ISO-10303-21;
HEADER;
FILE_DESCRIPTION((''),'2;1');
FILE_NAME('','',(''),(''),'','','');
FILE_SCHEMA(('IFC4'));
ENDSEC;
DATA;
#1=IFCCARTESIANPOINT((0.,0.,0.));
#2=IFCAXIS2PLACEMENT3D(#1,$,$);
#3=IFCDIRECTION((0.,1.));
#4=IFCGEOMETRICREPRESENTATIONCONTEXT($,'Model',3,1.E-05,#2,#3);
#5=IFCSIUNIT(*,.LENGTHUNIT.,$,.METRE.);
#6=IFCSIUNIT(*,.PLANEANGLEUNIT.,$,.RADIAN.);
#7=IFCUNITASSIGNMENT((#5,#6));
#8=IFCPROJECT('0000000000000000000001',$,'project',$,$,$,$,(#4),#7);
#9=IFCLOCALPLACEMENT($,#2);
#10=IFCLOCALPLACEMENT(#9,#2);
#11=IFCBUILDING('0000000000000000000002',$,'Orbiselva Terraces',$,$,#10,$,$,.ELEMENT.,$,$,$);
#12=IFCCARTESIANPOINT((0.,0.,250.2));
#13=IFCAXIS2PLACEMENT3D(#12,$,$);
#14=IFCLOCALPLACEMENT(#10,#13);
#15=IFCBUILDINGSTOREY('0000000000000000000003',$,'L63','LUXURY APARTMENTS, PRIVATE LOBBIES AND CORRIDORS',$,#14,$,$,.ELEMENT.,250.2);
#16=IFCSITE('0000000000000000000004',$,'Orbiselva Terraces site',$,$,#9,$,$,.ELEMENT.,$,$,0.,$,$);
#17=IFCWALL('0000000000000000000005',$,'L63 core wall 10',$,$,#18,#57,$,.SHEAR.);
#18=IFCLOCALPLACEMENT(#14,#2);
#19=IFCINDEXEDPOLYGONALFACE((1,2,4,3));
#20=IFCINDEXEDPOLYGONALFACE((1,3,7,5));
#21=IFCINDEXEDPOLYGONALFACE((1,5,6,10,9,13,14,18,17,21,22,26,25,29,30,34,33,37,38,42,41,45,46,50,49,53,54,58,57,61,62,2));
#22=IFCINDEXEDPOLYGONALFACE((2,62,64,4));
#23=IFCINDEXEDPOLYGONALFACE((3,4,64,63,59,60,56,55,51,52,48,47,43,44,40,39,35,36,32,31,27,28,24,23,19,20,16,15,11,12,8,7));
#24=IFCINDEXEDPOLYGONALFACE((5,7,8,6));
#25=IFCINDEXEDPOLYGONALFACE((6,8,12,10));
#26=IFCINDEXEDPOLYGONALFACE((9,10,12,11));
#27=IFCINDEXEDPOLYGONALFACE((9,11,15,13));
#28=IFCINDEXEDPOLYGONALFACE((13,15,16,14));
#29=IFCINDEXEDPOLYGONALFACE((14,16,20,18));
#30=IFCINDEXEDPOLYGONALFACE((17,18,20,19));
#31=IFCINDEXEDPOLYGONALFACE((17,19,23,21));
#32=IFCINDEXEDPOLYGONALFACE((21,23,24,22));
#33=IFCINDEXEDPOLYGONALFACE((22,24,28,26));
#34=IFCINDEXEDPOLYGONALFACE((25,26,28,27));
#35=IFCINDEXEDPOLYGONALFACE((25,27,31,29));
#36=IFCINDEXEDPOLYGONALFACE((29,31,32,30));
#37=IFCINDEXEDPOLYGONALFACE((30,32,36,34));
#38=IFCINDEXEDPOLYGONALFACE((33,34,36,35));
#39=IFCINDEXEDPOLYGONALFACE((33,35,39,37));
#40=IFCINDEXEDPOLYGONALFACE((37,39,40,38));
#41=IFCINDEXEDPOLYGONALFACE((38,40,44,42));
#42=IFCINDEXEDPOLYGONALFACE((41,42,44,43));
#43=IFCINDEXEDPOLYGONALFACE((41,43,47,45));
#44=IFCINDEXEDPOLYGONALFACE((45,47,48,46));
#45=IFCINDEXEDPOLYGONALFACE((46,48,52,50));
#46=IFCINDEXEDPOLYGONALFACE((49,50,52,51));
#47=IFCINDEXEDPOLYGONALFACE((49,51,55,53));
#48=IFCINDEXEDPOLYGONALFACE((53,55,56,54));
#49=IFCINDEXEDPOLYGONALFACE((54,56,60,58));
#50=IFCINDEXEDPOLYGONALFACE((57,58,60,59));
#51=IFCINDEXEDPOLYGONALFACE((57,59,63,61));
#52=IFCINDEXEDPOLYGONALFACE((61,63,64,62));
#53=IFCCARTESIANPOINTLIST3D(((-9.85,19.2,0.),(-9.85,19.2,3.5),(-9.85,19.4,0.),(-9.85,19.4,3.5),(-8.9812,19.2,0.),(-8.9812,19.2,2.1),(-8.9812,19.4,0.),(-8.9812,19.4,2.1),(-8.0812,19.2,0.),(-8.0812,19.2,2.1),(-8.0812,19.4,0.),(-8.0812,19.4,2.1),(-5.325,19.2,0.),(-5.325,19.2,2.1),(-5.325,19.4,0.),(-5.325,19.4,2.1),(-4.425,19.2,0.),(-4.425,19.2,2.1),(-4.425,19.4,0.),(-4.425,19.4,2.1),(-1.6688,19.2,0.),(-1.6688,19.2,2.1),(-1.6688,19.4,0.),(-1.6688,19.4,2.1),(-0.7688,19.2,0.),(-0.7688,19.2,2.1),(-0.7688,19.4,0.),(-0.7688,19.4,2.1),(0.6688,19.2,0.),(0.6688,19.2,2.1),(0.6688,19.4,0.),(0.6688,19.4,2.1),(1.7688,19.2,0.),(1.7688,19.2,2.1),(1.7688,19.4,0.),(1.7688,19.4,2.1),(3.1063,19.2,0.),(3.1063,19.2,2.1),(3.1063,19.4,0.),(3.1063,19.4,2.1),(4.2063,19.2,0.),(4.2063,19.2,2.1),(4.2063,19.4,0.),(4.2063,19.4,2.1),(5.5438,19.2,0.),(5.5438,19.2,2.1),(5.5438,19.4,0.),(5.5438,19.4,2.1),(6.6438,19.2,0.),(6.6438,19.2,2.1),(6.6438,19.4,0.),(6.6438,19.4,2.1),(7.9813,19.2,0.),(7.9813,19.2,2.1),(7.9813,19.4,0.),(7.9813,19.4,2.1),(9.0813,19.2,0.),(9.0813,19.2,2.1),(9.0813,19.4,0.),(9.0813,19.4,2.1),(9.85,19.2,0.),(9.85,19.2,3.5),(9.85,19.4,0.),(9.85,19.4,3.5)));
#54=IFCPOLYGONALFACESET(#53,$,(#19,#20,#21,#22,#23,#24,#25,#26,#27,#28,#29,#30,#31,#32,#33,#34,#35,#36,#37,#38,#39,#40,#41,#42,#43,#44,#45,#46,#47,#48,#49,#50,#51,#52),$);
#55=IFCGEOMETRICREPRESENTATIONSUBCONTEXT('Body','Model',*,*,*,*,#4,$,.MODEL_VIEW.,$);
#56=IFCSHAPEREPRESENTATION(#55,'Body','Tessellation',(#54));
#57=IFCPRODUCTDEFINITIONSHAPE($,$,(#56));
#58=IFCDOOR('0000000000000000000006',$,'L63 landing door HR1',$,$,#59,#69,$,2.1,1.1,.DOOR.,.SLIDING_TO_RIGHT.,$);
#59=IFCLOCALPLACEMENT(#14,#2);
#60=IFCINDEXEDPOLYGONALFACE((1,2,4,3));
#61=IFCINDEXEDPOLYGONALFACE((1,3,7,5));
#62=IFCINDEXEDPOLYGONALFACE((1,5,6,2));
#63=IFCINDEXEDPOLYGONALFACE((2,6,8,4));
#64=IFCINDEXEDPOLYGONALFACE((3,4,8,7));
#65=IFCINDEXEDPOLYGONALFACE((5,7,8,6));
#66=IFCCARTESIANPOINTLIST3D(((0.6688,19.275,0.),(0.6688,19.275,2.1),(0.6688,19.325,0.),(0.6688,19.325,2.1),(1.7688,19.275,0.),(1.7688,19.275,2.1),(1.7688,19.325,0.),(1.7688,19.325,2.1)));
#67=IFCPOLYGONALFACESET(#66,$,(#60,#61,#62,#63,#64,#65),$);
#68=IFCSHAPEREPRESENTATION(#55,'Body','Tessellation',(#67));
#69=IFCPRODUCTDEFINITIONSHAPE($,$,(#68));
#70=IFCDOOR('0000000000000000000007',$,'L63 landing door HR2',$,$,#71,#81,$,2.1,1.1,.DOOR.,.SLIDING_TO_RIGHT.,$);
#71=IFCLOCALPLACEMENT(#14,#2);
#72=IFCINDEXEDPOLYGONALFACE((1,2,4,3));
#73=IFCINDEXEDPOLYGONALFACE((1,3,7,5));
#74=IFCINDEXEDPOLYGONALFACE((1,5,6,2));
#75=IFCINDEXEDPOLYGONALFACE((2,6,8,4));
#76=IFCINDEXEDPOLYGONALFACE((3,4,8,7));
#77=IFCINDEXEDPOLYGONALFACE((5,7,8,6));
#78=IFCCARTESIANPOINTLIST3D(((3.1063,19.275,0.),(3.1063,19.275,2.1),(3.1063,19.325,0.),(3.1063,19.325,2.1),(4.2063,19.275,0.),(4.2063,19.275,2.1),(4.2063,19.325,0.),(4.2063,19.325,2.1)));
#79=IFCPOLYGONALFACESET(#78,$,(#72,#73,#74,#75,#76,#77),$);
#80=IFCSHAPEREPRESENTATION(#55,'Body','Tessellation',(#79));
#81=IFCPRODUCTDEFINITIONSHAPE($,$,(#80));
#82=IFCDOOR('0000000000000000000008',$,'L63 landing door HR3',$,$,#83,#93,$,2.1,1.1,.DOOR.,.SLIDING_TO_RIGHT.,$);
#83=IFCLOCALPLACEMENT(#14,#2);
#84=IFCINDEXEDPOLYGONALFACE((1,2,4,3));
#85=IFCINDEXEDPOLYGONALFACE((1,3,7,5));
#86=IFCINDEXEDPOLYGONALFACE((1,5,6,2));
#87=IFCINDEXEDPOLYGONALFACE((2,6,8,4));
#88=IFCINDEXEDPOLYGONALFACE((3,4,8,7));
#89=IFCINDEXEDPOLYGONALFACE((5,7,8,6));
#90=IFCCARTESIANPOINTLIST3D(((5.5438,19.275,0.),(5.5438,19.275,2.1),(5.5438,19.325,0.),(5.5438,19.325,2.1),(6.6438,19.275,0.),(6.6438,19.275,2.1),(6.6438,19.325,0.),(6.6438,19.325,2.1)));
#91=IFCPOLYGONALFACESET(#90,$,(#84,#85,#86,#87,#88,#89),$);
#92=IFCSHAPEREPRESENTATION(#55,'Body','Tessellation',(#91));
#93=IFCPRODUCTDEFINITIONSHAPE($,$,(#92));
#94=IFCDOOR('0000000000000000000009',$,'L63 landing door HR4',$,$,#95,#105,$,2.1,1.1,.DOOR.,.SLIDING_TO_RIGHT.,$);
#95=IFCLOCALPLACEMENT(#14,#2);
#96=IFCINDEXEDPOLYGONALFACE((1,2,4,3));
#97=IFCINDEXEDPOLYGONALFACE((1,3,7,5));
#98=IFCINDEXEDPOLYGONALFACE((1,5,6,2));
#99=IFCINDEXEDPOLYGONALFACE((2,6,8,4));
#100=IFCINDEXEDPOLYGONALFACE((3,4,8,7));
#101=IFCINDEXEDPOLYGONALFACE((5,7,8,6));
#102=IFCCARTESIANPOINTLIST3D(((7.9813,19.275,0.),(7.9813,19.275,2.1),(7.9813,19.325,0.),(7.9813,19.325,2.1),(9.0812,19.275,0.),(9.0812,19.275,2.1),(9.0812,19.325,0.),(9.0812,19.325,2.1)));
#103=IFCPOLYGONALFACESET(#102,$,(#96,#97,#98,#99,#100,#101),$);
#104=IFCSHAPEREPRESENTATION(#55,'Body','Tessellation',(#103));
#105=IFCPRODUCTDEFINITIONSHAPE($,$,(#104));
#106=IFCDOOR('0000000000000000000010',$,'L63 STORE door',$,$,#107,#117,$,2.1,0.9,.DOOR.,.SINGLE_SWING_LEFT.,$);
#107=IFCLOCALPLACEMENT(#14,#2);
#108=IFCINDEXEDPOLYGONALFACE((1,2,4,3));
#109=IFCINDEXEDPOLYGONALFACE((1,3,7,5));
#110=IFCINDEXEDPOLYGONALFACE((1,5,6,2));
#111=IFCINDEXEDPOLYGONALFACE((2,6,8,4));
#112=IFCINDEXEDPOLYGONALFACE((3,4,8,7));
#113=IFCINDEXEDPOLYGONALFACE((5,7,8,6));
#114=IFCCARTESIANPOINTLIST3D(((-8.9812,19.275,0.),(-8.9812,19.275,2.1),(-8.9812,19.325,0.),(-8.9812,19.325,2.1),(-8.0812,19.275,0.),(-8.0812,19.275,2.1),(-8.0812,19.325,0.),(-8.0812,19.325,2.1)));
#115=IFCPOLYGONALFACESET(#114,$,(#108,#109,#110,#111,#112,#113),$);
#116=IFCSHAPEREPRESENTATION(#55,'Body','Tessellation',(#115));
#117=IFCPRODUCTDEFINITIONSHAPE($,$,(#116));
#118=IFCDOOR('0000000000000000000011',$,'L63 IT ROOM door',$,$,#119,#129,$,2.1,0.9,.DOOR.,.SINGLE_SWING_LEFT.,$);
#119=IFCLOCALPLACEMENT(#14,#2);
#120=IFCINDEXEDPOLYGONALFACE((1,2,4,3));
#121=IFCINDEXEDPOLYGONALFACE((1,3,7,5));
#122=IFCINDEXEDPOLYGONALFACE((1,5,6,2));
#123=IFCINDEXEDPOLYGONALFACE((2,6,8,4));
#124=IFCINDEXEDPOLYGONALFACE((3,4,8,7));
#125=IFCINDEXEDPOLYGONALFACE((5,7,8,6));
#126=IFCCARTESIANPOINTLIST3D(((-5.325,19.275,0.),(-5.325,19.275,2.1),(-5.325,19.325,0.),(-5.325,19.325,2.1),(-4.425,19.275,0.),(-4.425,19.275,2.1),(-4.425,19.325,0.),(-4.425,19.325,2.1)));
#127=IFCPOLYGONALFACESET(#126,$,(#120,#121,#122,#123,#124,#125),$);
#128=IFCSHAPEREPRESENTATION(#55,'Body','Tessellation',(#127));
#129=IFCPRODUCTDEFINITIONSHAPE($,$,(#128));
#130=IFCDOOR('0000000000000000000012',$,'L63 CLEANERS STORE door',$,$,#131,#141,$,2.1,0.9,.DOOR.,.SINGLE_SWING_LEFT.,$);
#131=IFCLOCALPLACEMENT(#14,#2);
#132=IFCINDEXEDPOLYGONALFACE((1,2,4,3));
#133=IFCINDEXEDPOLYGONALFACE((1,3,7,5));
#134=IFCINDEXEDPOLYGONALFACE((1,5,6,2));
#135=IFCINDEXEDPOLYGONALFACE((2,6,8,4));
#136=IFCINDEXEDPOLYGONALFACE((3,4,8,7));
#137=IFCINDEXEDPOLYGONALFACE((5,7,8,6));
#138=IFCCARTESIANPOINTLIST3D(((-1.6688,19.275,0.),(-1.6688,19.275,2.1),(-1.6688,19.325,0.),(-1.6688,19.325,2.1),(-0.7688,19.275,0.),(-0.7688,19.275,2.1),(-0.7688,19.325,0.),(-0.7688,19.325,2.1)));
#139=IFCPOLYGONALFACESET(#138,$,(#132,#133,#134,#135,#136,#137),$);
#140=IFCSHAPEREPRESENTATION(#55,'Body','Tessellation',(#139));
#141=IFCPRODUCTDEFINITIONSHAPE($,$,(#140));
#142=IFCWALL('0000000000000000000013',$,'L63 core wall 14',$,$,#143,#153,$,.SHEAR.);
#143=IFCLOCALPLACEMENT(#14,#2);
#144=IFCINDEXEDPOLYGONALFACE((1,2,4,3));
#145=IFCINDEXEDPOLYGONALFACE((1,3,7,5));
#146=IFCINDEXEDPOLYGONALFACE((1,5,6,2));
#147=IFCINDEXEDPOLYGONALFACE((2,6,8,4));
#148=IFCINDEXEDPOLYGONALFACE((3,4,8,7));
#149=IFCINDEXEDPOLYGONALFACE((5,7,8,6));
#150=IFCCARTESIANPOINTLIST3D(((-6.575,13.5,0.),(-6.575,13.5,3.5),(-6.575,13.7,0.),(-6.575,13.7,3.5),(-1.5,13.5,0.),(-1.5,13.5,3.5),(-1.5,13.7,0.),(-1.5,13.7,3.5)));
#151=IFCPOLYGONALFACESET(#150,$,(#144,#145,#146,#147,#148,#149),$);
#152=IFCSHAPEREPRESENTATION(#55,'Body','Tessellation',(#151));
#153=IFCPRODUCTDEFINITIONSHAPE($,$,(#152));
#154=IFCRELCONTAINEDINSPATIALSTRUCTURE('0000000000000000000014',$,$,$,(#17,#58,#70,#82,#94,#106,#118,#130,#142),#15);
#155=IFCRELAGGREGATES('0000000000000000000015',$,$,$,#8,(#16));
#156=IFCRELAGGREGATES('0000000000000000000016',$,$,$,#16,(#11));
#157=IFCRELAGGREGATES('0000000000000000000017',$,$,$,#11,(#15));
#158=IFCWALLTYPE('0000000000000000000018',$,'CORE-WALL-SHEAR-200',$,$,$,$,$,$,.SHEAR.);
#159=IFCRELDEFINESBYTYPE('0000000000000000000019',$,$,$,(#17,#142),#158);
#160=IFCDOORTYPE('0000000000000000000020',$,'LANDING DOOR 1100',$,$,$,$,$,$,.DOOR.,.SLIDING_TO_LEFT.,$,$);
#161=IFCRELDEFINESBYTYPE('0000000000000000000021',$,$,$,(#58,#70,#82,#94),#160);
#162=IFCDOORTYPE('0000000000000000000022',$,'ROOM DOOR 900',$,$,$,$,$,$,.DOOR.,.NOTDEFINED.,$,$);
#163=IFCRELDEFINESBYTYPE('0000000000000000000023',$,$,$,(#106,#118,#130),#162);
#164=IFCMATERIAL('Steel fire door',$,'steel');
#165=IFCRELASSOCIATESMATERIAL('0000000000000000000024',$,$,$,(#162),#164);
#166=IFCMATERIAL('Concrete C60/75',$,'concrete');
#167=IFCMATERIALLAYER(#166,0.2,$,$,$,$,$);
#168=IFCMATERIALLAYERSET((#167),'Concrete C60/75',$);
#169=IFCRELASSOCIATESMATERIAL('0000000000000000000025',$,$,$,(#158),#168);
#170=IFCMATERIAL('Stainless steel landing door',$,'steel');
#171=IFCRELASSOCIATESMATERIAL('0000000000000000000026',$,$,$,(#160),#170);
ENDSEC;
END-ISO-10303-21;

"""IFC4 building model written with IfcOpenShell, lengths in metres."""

from ifc_helpers import new_model, si_unit, direction, frame, frame_2d, origin, place, context, subcontext, project, spatial, rectangle, extrude, material, layer, layer_set, type_object, element, fill, save


model = new_model("IFC4")

# Units and contexts
model_context = context("Model", 3, precision=1e-05, world=origin(), true_north=direction((0.0, 1.0)))
body_context = subcontext(model_context, "Body", "Model", "MODEL_VIEW")
ifc_project = project(units=[si_unit("LENGTHUNIT", "METRE"), si_unit("PLANEANGLEUNIT", "RADIAN")], contexts=[model_context])

# Site, building, storey
site_placement = place(None, origin())
site = spatial("IfcSite", under=ifc_project, at=site_placement, Name="Orbiselva Terraces site", CompositionType="ELEMENT", RefElevation=0.0)
building_placement = place(site_placement, origin())
building = spatial("IfcBuilding", under=site, at=building_placement, Name="Orbiselva Terraces", CompositionType="ELEMENT")
storey_placement = place(building_placement, frame((0.0, 0.0, 250.2)))
storey = spatial("IfcBuildingStorey", under=building, at=storey_placement, Name="L63", Description="LUXURY APARTMENTS, PRIVATE LOBBIES AND CORRIDORS", CompositionType="ELEMENT", Elevation=250.2)

# Shared definitions
ifc_material_1 = material(Name="Steel fire door", Category="steel")
door_type_1 = type_object("IfcDoorType", Name="ROOM DOOR 900", OperationType="NOTDEFINED", PredefinedType="DOOR", material=ifc_material_1)

# Shared definitions
ifc_material_2 = material(Name="Concrete C60/75", Category="concrete")
ifc_layer_1 = layer(ifc_material_2, 0.2)
ifc_layer_set_1 = layer_set([ifc_layer_1], Name="Concrete C60/75")
wall_type_1 = type_object("IfcWallType", Name="CORE-WALL-SHEAR-200", PredefinedType="SHEAR", material=ifc_layer_set_1)

# Wall, openings, doors
wall_1_placement = place(storey_placement, frame((-9.85, 19.3, 0.0), z_axis=(0.0, 0.0, 1.0), x_axis=(1.0, 0.0, 0.0)))
wall_1 = element("IfcWall", 1, at=wall_1_placement, inside=storey, type_object=wall_type_1, Name="L63 core wall 10", PredefinedType="SHEAR", context=body_context, shape_type="SweptSolid", body=[
    extrude(rectangle(XDim=19.7, YDim=0.2, at=frame_2d((9.85, 0.0))), origin(), (0.0, 0.0, 1.0), 3.5),
])
opening_1_placement = place(wall_1_placement, frame((10.5188, 0.0, 0.0)))
opening_1 = element("IfcOpeningElement", 2, at=opening_1_placement, cuts=wall_1, PredefinedType="OPENING", context=body_context, shape_type="SweptSolid", body=[
    extrude(rectangle(XDim=1.1, YDim=2.1, at=frame_2d((0.55, 1.05))), frame((0.0, 0.11, 0.0), z_axis=(0.0, -1.0, 0.0), x_axis=(1.0, 0.0, 0.0)), (0.0, 0.0, 1.0), 0.22),
])
opening_2_placement = place(wall_1_placement, frame((12.9563, 0.0, 0.0)))
opening_2 = element("IfcOpeningElement", 3, at=opening_2_placement, cuts=wall_1, PredefinedType="OPENING", context=body_context, shape_type="SweptSolid", body=[
    extrude(rectangle(XDim=1.1, YDim=2.1, at=frame_2d((0.55, 1.05))), frame((0.0, 0.11, 0.0), z_axis=(0.0, -1.0, 0.0), x_axis=(1.0, 0.0, 0.0)), (0.0, 0.0, 1.0), 0.22),
])
opening_3_placement = place(wall_1_placement, frame((15.3938, 0.0, 0.0)))
opening_3 = element("IfcOpeningElement", 4, at=opening_3_placement, cuts=wall_1, PredefinedType="OPENING", context=body_context, shape_type="SweptSolid", body=[
    extrude(rectangle(XDim=1.1, YDim=2.1, at=frame_2d((0.55, 1.05))), frame((0.0, 0.11, 0.0), z_axis=(0.0, -1.0, 0.0), x_axis=(1.0, 0.0, 0.0)), (0.0, 0.0, 1.0), 0.22),
])
opening_4_placement = place(wall_1_placement, frame((17.8313, 0.0, 0.0)))
opening_4 = element("IfcOpeningElement", 5, at=opening_4_placement, cuts=wall_1, PredefinedType="OPENING", context=body_context, shape_type="SweptSolid", body=[
    extrude(rectangle(XDim=1.1, YDim=2.1, at=frame_2d((0.55, 1.05))), frame((0.0, 0.11, 0.0), z_axis=(0.0, -1.0, 0.0), x_axis=(1.0, 0.0, 0.0)), (0.0, 0.0, 1.0), 0.22),
])
opening_5_placement = place(wall_1_placement, frame((0.8688, 0.0, 0.0)))
opening_5 = element("IfcOpeningElement", 6, at=opening_5_placement, cuts=wall_1, PredefinedType="OPENING", context=body_context, shape_type="SweptSolid", body=[
    extrude(rectangle(XDim=0.9, YDim=2.1, at=frame_2d((0.45, 1.05))), frame((0.0, 0.11, 0.0), z_axis=(0.0, -1.0, 0.0), x_axis=(1.0, 0.0, 0.0)), (0.0, 0.0, 1.0), 0.22),
])
opening_6_placement = place(wall_1_placement, frame((4.525, 0.0, 0.0)))
opening_6 = element("IfcOpeningElement", 7, at=opening_6_placement, cuts=wall_1, PredefinedType="OPENING", context=body_context, shape_type="SweptSolid", body=[
    extrude(rectangle(XDim=0.9, YDim=2.1, at=frame_2d((0.45, 1.05))), frame((0.0, 0.11, 0.0), z_axis=(0.0, -1.0, 0.0), x_axis=(1.0, 0.0, 0.0)), (0.0, 0.0, 1.0), 0.22),
])
opening_7_placement = place(wall_1_placement, frame((8.1812, 0.0, 0.0)))
opening_7 = element("IfcOpeningElement", 8, at=opening_7_placement, cuts=wall_1, PredefinedType="OPENING", context=body_context, shape_type="SweptSolid", body=[
    extrude(rectangle(XDim=0.9, YDim=2.1, at=frame_2d((0.45, 1.05))), frame((0.0, 0.11, 0.0), z_axis=(0.0, -1.0, 0.0), x_axis=(1.0, 0.0, 0.0)), (0.0, 0.0, 1.0), 0.22),
])
ifc_material_3 = material(Name="Stainless steel landing door", Category="steel")
door_type_2 = type_object("IfcDoorType", Name="LANDING DOOR 1100", OperationType="SLIDING_TO_LEFT", PredefinedType="DOOR", material=ifc_material_3)
door_1_placement = place(opening_1_placement, origin())
door_1 = element("IfcDoor", 9, at=door_1_placement, inside=storey, type_object=door_type_2, Name="L63 landing door HR1", OperationType="SLIDING_TO_RIGHT", OverallHeight=2.1, OverallWidth=1.1, PredefinedType="DOOR", context=body_context, shape_type="SweptSolid", body=[
    extrude(rectangle(XDim=1.1, YDim=2.1, at=frame_2d((0.55, 1.05))), frame((0.0, 0.025, 0.0), z_axis=(0.0, -1.0, 0.0), x_axis=(1.0, 0.0, 0.0)), (0.0, 0.0, 1.0), 0.05),
])
fill(opening_1, door_1)
door_2_placement = place(opening_2_placement, origin())
door_2 = element("IfcDoor", 10, at=door_2_placement, inside=storey, type_object=door_type_2, Name="L63 landing door HR2", OperationType="SLIDING_TO_RIGHT", OverallHeight=2.1, OverallWidth=1.1, PredefinedType="DOOR", context=body_context, shape_type="SweptSolid", body=[
    extrude(rectangle(XDim=1.1, YDim=2.1, at=frame_2d((0.55, 1.05))), frame((0.0, 0.025, 0.0), z_axis=(0.0, -1.0, 0.0), x_axis=(1.0, 0.0, 0.0)), (0.0, 0.0, 1.0), 0.05),
])
fill(opening_2, door_2)
door_3_placement = place(opening_3_placement, origin())
door_3 = element("IfcDoor", 11, at=door_3_placement, inside=storey, type_object=door_type_2, Name="L63 landing door HR3", OperationType="SLIDING_TO_RIGHT", OverallHeight=2.1, OverallWidth=1.1, PredefinedType="DOOR", context=body_context, shape_type="SweptSolid", body=[
    extrude(rectangle(XDim=1.1, YDim=2.1, at=frame_2d((0.55, 1.05))), frame((0.0, 0.025, 0.0), z_axis=(0.0, -1.0, 0.0), x_axis=(1.0, 0.0, 0.0)), (0.0, 0.0, 1.0), 0.05),
])
fill(opening_3, door_3)
door_4_placement = place(opening_4_placement, origin())
door_4 = element("IfcDoor", 12, at=door_4_placement, inside=storey, type_object=door_type_2, Name="L63 landing door HR4", OperationType="SLIDING_TO_RIGHT", OverallHeight=2.1, OverallWidth=1.1, PredefinedType="DOOR", context=body_context, shape_type="SweptSolid", body=[
    extrude(rectangle(XDim=1.1, YDim=2.1, at=frame_2d((0.55, 1.05))), frame((0.0, 0.025, 0.0), z_axis=(0.0, -1.0, 0.0), x_axis=(1.0, 0.0, 0.0)), (0.0, 0.0, 1.0), 0.05),
])
fill(opening_4, door_4)
door_5_placement = place(opening_5_placement, origin())
door_5 = element("IfcDoor", 13, at=door_5_placement, inside=storey, type_object=door_type_1, Name="L63 STORE door", OperationType="SINGLE_SWING_LEFT", OverallHeight=2.1, OverallWidth=0.9, PredefinedType="DOOR", context=body_context, shape_type="SweptSolid", body=[
    extrude(rectangle(XDim=0.9, YDim=2.1, at=frame_2d((0.45, 1.05))), frame((0.0, 0.025, 0.0), z_axis=(0.0, -1.0, 0.0), x_axis=(1.0, 0.0, 0.0)), (0.0, 0.0, 1.0), 0.05),
])
fill(opening_5, door_5)
door_6_placement = place(opening_6_placement, origin())
door_6 = element("IfcDoor", 14, at=door_6_placement, inside=storey, type_object=door_type_1, Name="L63 IT ROOM door", OperationType="SINGLE_SWING_LEFT", OverallHeight=2.1, OverallWidth=0.9, PredefinedType="DOOR", context=body_context, shape_type="SweptSolid", body=[
    extrude(rectangle(XDim=0.9, YDim=2.1, at=frame_2d((0.45, 1.05))), frame((0.0, 0.025, 0.0), z_axis=(0.0, -1.0, 0.0), x_axis=(1.0, 0.0, 0.0)), (0.0, 0.0, 1.0), 0.05),
])
fill(opening_6, door_6)
door_7_placement = place(opening_7_placement, origin())
door_7 = element("IfcDoor", 15, at=door_7_placement, inside=storey, type_object=door_type_1, Name="L63 CLEANERS STORE door", OperationType="SINGLE_SWING_LEFT", OverallHeight=2.1, OverallWidth=0.9, PredefinedType="DOOR", context=body_context, shape_type="SweptSolid", body=[
    extrude(rectangle(XDim=0.9, YDim=2.1, at=frame_2d((0.45, 1.05))), frame((0.0, 0.025, 0.0), z_axis=(0.0, -1.0, 0.0), x_axis=(1.0, 0.0, 0.0)), (0.0, 0.0, 1.0), 0.05),
])
fill(opening_7, door_7)

# Wall
wall_2_placement = place(storey_placement, frame((-6.575, 13.6, 0.0), z_axis=(0.0, 0.0, 1.0), x_axis=(1.0, 0.0, 0.0)))
element("IfcWall", 16, at=wall_2_placement, inside=storey, type_object=wall_type_1, Name="L63 core wall 14", PredefinedType="SHEAR", context=body_context, shape_type="SweptSolid", body=[
    extrude(rectangle(XDim=5.075, YDim=0.2, at=frame_2d((2.5375, 0.0))), origin(), (0.0, 0.0, 1.0), 3.5),
])

save(model, "model.ifc")
